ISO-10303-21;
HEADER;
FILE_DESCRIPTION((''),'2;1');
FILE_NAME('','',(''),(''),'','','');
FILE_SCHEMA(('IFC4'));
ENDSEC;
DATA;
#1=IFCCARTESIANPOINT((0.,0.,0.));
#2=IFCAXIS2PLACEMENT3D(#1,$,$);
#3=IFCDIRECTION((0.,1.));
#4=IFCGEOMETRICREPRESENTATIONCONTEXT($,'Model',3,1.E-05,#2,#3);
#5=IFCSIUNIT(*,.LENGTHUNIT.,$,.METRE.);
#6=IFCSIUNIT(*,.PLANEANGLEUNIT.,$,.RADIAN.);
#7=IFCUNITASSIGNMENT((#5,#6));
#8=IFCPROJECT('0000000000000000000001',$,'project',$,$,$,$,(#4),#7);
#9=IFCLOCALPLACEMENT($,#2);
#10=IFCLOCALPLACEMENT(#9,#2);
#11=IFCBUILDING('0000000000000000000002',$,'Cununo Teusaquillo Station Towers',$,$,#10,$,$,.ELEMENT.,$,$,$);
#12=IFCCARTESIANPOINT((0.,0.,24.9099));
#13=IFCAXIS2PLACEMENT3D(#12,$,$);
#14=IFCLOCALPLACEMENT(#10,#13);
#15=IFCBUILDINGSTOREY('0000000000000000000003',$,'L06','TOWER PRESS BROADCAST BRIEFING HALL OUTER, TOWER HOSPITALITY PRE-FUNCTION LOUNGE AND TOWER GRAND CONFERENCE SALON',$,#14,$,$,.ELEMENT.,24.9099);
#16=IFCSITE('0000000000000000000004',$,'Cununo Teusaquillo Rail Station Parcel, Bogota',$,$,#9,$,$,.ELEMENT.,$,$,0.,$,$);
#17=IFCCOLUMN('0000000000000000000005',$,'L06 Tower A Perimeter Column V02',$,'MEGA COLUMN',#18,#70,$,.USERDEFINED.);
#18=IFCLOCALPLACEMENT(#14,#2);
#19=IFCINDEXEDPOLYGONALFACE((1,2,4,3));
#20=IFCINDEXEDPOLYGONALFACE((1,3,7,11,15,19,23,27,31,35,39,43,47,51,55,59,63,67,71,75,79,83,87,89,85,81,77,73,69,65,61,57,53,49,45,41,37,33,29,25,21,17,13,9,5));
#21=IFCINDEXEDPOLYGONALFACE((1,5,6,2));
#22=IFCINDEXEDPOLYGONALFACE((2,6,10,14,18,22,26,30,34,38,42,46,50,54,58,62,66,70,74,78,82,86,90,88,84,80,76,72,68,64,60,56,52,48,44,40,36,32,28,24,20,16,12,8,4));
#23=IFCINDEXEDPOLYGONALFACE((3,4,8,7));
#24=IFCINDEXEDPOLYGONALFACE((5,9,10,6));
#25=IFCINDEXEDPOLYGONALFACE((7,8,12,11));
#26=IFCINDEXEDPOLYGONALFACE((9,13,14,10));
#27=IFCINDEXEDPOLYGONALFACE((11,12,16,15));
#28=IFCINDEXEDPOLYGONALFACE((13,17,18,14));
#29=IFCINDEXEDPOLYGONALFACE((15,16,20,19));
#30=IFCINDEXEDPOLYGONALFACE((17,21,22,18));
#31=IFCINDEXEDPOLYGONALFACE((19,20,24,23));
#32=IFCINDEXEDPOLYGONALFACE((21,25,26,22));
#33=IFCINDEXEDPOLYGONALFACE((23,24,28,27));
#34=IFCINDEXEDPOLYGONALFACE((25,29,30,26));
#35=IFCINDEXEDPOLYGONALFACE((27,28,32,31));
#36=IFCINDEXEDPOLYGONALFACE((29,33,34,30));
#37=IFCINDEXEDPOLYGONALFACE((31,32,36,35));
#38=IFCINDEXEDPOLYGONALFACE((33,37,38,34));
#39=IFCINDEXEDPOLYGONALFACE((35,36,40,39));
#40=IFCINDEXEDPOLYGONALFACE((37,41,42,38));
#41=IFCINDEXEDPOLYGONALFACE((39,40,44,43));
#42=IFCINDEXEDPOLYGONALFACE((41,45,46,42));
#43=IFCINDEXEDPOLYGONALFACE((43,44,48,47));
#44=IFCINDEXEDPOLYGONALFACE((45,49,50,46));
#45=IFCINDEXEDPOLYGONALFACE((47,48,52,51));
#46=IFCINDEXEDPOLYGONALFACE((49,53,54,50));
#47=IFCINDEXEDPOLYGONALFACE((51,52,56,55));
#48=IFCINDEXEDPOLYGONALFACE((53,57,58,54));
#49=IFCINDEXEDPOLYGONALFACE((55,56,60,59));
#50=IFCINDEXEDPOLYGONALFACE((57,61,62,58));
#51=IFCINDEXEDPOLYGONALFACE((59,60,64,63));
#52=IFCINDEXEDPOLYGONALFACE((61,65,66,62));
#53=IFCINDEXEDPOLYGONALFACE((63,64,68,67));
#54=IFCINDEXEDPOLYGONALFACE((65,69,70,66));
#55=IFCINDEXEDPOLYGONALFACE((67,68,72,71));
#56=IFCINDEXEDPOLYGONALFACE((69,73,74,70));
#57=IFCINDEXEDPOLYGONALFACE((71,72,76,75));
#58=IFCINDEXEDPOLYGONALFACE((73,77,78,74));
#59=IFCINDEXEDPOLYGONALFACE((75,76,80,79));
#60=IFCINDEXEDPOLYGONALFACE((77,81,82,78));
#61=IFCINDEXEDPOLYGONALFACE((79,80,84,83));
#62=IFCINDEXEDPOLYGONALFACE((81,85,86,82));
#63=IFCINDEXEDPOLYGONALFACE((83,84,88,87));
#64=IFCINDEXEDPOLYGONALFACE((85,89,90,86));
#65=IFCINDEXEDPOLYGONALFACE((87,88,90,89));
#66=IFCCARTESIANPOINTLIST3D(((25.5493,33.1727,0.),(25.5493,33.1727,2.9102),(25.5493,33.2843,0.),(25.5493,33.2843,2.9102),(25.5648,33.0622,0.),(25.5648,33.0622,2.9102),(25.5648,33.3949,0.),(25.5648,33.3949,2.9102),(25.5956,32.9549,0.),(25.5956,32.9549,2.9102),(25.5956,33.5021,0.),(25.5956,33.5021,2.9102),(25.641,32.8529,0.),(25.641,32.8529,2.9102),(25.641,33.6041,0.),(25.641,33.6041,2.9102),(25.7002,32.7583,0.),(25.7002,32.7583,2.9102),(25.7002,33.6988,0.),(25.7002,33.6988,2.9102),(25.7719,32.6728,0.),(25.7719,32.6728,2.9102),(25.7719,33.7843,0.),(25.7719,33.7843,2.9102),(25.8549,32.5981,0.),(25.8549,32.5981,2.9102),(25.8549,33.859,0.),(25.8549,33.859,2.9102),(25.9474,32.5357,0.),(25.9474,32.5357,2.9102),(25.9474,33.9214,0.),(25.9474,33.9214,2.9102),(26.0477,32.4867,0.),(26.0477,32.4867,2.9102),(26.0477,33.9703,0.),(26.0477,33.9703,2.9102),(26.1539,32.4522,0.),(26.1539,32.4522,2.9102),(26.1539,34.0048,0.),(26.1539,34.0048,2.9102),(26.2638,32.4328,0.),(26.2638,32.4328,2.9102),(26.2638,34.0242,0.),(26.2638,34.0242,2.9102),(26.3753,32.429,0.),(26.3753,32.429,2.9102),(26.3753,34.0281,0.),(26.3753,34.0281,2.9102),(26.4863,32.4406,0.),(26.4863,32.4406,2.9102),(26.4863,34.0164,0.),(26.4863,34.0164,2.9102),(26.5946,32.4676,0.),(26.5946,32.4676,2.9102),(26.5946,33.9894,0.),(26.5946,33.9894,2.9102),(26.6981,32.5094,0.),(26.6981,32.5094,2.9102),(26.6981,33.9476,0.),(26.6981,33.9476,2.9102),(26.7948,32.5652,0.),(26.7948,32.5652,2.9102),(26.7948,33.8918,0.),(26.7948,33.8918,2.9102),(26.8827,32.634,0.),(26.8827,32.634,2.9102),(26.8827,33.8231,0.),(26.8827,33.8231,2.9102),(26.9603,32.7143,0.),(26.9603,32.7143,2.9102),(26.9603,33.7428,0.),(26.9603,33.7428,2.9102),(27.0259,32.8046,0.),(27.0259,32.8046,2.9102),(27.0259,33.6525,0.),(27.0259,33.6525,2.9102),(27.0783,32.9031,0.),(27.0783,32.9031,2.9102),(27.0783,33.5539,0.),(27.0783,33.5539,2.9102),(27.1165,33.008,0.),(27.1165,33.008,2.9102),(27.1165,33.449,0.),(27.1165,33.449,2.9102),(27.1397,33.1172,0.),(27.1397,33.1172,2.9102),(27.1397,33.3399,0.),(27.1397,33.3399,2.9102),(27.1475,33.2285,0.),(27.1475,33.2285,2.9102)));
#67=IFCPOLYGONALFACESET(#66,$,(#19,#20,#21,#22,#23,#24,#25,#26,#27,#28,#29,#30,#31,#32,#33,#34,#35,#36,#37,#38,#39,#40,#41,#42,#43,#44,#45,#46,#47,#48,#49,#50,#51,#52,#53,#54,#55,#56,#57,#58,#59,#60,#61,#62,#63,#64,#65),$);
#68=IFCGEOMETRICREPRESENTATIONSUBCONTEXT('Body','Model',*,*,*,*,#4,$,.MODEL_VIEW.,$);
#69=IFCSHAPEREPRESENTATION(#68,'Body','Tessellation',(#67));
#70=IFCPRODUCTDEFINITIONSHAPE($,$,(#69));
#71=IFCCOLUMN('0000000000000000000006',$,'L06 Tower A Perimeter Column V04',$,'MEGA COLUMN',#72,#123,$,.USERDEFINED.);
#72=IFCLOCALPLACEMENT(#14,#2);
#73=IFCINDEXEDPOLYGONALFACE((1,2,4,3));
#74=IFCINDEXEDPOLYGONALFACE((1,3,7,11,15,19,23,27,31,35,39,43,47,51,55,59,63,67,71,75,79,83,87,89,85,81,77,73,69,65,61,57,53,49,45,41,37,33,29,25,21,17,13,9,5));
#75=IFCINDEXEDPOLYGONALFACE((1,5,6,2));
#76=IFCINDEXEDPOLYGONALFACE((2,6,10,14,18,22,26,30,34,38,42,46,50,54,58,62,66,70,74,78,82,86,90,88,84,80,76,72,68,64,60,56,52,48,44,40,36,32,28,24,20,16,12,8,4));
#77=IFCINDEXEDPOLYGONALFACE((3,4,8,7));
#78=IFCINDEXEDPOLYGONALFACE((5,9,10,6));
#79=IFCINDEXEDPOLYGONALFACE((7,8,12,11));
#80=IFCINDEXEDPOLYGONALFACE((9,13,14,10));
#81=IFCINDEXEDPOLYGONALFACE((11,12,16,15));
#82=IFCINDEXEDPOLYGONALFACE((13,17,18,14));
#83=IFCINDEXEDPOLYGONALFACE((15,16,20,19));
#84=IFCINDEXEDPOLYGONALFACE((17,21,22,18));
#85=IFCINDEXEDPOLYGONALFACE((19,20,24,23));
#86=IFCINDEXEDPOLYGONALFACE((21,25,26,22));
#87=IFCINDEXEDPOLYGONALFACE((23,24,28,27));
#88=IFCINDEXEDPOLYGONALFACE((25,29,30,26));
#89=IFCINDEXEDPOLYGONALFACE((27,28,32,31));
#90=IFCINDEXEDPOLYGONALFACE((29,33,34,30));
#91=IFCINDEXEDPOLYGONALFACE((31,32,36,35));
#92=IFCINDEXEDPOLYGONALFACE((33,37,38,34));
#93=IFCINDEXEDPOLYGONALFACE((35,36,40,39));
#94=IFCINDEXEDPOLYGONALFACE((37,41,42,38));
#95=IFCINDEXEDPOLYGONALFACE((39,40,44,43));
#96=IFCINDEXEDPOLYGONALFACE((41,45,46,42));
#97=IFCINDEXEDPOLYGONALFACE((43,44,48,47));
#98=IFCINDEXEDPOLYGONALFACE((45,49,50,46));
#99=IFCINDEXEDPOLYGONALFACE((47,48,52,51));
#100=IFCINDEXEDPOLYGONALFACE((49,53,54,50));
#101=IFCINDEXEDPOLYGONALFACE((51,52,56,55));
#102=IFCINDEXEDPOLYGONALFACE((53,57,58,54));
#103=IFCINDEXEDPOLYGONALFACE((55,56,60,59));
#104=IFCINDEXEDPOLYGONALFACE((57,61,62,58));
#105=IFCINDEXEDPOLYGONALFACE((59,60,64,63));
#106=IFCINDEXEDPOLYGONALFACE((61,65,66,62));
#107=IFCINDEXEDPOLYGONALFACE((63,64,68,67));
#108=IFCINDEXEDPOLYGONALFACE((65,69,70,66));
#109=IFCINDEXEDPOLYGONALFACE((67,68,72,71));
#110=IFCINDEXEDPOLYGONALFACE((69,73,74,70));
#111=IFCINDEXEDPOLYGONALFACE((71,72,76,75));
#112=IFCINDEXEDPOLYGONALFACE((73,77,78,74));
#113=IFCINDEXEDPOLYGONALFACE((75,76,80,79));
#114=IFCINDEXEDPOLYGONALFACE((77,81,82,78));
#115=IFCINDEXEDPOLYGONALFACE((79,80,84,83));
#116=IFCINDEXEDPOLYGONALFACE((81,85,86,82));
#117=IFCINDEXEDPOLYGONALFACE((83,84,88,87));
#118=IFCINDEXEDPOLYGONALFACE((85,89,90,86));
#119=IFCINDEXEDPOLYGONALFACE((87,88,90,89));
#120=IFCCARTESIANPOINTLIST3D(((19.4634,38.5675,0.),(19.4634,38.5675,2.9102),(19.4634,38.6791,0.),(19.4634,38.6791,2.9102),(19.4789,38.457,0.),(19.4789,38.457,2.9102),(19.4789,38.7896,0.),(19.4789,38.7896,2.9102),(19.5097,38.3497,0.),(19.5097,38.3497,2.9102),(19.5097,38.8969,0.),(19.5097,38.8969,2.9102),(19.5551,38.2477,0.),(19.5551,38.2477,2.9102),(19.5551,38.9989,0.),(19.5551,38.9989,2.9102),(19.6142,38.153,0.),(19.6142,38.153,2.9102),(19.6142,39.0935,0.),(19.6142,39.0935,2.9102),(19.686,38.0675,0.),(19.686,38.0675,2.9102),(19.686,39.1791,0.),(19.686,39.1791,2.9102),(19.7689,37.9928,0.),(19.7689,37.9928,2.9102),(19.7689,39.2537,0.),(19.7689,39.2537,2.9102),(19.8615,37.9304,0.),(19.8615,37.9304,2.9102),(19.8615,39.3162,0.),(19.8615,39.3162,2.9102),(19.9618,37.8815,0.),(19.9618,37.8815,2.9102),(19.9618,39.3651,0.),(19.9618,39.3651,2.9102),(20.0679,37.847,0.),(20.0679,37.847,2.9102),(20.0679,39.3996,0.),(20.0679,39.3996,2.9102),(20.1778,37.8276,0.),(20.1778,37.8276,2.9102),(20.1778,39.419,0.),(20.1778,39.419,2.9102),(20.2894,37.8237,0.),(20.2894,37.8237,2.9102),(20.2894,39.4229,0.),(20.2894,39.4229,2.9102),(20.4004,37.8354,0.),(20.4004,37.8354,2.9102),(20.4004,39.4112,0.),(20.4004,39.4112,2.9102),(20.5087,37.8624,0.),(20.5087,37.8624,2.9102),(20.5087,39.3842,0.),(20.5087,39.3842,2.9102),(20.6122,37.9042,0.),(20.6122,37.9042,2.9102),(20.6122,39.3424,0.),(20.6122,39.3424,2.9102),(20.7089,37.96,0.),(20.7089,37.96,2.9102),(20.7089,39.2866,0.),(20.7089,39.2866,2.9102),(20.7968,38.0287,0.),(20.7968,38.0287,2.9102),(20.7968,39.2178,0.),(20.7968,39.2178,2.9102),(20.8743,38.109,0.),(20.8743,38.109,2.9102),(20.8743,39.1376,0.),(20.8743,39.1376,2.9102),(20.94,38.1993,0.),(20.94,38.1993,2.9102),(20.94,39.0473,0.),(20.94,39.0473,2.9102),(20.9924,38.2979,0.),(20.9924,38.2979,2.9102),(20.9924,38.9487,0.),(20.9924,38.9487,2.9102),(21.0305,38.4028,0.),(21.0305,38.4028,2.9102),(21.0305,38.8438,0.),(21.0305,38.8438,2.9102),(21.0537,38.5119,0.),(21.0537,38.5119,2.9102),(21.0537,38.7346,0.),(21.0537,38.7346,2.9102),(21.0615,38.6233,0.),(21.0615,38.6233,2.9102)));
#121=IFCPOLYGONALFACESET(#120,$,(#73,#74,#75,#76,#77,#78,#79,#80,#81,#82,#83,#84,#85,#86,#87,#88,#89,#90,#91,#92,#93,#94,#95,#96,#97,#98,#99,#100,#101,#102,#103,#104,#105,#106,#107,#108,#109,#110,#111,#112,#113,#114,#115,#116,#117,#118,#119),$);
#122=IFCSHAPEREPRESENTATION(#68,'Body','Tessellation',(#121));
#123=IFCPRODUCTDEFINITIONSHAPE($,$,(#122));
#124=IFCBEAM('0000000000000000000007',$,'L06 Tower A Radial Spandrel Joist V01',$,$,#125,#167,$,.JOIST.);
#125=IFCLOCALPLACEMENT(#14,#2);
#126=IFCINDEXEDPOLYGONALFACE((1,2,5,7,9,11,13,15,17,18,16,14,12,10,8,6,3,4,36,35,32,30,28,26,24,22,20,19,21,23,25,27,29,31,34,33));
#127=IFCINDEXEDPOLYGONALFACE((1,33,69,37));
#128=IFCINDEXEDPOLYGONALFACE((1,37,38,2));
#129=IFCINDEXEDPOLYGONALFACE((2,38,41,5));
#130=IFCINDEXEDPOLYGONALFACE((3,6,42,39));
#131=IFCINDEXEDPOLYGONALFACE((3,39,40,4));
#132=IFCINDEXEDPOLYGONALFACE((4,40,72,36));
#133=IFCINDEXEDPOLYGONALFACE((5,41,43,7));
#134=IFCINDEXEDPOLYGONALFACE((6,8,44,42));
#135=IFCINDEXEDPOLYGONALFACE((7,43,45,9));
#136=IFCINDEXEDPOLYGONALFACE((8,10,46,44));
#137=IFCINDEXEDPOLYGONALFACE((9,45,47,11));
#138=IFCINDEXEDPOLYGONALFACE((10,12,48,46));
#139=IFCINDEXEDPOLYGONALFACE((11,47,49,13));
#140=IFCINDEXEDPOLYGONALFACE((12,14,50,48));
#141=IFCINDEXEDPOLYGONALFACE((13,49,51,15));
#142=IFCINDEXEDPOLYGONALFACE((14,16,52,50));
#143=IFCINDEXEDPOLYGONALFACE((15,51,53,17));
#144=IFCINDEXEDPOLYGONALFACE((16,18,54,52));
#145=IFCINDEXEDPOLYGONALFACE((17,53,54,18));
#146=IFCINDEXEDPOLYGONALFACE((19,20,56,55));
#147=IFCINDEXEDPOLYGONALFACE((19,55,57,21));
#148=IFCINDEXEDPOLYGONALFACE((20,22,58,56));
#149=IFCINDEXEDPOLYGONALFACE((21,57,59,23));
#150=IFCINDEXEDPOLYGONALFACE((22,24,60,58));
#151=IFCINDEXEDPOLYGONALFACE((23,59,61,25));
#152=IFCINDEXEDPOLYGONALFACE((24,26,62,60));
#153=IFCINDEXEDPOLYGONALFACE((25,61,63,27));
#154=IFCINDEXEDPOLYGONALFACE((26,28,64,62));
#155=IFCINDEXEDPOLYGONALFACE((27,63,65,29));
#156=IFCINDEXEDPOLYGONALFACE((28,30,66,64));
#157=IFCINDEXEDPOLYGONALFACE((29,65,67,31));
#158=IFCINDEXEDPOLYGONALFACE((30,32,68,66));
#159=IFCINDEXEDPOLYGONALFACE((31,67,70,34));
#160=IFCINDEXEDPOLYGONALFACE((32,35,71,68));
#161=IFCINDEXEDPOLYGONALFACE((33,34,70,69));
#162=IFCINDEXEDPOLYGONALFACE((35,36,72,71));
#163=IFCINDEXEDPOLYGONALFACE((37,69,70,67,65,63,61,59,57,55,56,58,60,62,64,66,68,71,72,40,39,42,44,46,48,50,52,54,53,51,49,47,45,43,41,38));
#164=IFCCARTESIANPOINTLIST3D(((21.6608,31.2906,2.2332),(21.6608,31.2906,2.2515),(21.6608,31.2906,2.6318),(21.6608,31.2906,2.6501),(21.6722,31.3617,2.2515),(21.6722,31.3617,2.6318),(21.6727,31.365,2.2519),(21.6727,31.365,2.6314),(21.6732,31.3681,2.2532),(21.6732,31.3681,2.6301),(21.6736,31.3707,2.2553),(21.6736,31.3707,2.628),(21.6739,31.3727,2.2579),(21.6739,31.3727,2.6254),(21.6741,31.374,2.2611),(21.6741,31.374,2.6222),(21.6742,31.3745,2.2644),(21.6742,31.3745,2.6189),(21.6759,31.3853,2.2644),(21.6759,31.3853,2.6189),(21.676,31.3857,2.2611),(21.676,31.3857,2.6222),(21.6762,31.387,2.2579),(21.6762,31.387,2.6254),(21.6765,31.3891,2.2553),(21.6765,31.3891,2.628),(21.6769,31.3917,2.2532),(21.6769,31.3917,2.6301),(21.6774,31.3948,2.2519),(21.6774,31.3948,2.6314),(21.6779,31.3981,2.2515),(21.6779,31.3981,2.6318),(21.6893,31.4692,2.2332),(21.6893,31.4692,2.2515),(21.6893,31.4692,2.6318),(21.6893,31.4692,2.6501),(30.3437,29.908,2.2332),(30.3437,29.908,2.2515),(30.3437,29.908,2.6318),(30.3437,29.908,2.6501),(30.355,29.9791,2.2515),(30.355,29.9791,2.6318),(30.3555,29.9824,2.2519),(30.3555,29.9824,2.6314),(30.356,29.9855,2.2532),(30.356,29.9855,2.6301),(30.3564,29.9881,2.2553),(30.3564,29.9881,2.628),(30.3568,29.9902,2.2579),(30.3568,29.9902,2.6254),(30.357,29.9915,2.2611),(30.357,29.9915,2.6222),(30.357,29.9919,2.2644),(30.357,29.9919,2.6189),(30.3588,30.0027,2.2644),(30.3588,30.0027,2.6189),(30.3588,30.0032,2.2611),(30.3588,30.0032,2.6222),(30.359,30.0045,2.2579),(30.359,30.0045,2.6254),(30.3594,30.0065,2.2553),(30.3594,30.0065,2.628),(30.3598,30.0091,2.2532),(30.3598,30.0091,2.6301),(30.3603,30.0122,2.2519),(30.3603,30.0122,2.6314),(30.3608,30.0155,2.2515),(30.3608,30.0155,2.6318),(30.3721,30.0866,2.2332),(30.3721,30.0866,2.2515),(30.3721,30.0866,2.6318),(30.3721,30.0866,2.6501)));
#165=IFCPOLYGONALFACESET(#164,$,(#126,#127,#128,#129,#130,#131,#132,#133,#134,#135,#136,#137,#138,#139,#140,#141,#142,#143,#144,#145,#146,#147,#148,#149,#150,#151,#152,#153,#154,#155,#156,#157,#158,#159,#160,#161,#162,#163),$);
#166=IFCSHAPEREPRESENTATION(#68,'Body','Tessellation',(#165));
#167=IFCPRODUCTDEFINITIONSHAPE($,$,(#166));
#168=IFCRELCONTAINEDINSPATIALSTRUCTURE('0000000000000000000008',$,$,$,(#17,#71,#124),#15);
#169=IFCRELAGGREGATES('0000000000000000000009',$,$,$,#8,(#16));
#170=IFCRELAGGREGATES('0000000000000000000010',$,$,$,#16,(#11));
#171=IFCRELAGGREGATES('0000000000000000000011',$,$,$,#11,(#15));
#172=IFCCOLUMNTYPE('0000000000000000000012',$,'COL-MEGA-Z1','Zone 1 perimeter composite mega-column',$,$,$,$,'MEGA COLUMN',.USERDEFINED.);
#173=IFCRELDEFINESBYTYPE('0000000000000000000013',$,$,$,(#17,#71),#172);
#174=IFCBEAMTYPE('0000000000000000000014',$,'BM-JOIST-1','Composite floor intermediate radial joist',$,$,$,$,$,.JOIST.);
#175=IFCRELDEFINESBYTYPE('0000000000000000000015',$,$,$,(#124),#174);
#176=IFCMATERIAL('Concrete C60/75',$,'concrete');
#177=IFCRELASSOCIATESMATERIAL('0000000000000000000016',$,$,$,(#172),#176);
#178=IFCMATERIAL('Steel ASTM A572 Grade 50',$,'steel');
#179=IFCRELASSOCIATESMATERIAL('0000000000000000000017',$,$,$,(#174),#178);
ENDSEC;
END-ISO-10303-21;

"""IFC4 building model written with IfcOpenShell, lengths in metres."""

from ifc_helpers import new_model, si_unit, direction, frame, origin, origin_2d, place, context, subcontext, project, spatial, circle, i_section, extrude, material, material_profile, profile_set, type_object, element, save


model = new_model("IFC4")

# Units and contexts
model_context = context("Model", 3, precision=1e-05, world=origin(), true_north=direction((0.0, 1.0)))
body_context = subcontext(model_context, "Body", "Model", "MODEL_VIEW")
ifc_project = project(units=[si_unit("LENGTHUNIT", "METRE"), si_unit("PLANEANGLEUNIT", "RADIAN")], contexts=[model_context])

# Site, building, storey
site_placement = place(None, origin())
site = spatial("IfcSite", under=ifc_project, at=site_placement, Name="Cununo Teusaquillo Rail Station Parcel, Bogota", CompositionType="ELEMENT", RefElevation=0.0)
building_placement = place(site_placement, origin())
building = spatial("IfcBuilding", under=site, at=building_placement, Name="Cununo Teusaquillo Station Towers", CompositionType="ELEMENT")
storey_placement = place(building_placement, frame((0.0, 0.0, 24.9099)))
storey = spatial("IfcBuildingStorey", under=building, at=storey_placement, Name="L06", Description="TOWER PRESS BROADCAST BRIEFING HALL OUTER, TOWER HOSPITALITY PRE-FUNCTION LOUNGE AND TOWER GRAND CONFERENCE SALON", CompositionType="ELEMENT", Elevation=24.9099)

# Columns
ifc_material_1 = material(Name="Concrete C60/75", Category="concrete")
ifc_material_profile_1 = material_profile(ifc_material_1, circle(Radius=0.8, at=origin_2d()), Name="RC-CIRC-1600")
ifc_profile_set_1 = profile_set([ifc_material_profile_1], Name="Concrete C60/75")
column_type = type_object("IfcColumnType", Name="COL-MEGA-Z1", Description="Zone 1 perimeter composite mega-column", ElementType="MEGA COLUMN", PredefinedType="USERDEFINED", material=ifc_profile_set_1)
for number, where, z_axis, x_axis, name in (
    (1, (26.3474, 33.2285, 0.0), (0.0, 0.0, 1.0), (1.0, 0.0, 0.0), "L06 Tower A Perimeter Column V02"),
    (2, (20.2615, 38.6233, 0.0), (0.0, 0.0, 1.0), (1.0, 0.0, 0.0), "L06 Tower A Perimeter Column V04"),
):
    element("IfcColumn", number, at=place(storey_placement, frame(where, z_axis=z_axis, x_axis=x_axis)), inside=storey, type_object=column_type, Name=name, ObjectType="MEGA COLUMN", PredefinedType="USERDEFINED", context=body_context, shape_type="SweptSolid", body=[
        extrude(circle(Radius=0.8, at=origin_2d()), origin(), (0.0, 0.0, 1.0), 2.9102),
    ])

# Beam
ifc_material_2 = material(Name="Steel ASTM A572 Grade 50", Category="steel")
ifc_material_profile_2 = material_profile(ifc_material_2, i_section(OverallWidth=0.1809, OverallDepth=0.417, WebThickness=0.011, FlangeThickness=0.0183, FilletRadius=0.0129, at=origin_2d()), Name="W16X57")
ifc_profile_set_2 = profile_set([ifc_material_profile_2], Name="Steel ASTM A572 Grade 50")
beam_type_1 = type_object("IfcBeamType", Name="BM-JOIST-1", Description="Composite floor intermediate radial joist", PredefinedType="JOIST", material=ifc_profile_set_2)
beam_1_placement = place(storey_placement, frame((21.675, 31.3799, 2.4417), z_axis=(0.987559, -0.157249, 0.0), x_axis=(0.157249, 0.987559, 0.0)))
element("IfcBeam", 3, at=beam_1_placement, inside=storey, type_object=beam_type_1, Name="L06 Tower A Radial Spandrel Joist V01", PredefinedType="JOIST", context=body_context, shape_type="SweptSolid", body=[
    extrude(i_section(OverallWidth=0.1809, OverallDepth=0.417, WebThickness=0.011, FlangeThickness=0.0183, FilletRadius=0.0129, at=origin_2d()), origin(), (0.0, 0.0, 1.0), 8.7922),
])

save(model, "model.ifc")
